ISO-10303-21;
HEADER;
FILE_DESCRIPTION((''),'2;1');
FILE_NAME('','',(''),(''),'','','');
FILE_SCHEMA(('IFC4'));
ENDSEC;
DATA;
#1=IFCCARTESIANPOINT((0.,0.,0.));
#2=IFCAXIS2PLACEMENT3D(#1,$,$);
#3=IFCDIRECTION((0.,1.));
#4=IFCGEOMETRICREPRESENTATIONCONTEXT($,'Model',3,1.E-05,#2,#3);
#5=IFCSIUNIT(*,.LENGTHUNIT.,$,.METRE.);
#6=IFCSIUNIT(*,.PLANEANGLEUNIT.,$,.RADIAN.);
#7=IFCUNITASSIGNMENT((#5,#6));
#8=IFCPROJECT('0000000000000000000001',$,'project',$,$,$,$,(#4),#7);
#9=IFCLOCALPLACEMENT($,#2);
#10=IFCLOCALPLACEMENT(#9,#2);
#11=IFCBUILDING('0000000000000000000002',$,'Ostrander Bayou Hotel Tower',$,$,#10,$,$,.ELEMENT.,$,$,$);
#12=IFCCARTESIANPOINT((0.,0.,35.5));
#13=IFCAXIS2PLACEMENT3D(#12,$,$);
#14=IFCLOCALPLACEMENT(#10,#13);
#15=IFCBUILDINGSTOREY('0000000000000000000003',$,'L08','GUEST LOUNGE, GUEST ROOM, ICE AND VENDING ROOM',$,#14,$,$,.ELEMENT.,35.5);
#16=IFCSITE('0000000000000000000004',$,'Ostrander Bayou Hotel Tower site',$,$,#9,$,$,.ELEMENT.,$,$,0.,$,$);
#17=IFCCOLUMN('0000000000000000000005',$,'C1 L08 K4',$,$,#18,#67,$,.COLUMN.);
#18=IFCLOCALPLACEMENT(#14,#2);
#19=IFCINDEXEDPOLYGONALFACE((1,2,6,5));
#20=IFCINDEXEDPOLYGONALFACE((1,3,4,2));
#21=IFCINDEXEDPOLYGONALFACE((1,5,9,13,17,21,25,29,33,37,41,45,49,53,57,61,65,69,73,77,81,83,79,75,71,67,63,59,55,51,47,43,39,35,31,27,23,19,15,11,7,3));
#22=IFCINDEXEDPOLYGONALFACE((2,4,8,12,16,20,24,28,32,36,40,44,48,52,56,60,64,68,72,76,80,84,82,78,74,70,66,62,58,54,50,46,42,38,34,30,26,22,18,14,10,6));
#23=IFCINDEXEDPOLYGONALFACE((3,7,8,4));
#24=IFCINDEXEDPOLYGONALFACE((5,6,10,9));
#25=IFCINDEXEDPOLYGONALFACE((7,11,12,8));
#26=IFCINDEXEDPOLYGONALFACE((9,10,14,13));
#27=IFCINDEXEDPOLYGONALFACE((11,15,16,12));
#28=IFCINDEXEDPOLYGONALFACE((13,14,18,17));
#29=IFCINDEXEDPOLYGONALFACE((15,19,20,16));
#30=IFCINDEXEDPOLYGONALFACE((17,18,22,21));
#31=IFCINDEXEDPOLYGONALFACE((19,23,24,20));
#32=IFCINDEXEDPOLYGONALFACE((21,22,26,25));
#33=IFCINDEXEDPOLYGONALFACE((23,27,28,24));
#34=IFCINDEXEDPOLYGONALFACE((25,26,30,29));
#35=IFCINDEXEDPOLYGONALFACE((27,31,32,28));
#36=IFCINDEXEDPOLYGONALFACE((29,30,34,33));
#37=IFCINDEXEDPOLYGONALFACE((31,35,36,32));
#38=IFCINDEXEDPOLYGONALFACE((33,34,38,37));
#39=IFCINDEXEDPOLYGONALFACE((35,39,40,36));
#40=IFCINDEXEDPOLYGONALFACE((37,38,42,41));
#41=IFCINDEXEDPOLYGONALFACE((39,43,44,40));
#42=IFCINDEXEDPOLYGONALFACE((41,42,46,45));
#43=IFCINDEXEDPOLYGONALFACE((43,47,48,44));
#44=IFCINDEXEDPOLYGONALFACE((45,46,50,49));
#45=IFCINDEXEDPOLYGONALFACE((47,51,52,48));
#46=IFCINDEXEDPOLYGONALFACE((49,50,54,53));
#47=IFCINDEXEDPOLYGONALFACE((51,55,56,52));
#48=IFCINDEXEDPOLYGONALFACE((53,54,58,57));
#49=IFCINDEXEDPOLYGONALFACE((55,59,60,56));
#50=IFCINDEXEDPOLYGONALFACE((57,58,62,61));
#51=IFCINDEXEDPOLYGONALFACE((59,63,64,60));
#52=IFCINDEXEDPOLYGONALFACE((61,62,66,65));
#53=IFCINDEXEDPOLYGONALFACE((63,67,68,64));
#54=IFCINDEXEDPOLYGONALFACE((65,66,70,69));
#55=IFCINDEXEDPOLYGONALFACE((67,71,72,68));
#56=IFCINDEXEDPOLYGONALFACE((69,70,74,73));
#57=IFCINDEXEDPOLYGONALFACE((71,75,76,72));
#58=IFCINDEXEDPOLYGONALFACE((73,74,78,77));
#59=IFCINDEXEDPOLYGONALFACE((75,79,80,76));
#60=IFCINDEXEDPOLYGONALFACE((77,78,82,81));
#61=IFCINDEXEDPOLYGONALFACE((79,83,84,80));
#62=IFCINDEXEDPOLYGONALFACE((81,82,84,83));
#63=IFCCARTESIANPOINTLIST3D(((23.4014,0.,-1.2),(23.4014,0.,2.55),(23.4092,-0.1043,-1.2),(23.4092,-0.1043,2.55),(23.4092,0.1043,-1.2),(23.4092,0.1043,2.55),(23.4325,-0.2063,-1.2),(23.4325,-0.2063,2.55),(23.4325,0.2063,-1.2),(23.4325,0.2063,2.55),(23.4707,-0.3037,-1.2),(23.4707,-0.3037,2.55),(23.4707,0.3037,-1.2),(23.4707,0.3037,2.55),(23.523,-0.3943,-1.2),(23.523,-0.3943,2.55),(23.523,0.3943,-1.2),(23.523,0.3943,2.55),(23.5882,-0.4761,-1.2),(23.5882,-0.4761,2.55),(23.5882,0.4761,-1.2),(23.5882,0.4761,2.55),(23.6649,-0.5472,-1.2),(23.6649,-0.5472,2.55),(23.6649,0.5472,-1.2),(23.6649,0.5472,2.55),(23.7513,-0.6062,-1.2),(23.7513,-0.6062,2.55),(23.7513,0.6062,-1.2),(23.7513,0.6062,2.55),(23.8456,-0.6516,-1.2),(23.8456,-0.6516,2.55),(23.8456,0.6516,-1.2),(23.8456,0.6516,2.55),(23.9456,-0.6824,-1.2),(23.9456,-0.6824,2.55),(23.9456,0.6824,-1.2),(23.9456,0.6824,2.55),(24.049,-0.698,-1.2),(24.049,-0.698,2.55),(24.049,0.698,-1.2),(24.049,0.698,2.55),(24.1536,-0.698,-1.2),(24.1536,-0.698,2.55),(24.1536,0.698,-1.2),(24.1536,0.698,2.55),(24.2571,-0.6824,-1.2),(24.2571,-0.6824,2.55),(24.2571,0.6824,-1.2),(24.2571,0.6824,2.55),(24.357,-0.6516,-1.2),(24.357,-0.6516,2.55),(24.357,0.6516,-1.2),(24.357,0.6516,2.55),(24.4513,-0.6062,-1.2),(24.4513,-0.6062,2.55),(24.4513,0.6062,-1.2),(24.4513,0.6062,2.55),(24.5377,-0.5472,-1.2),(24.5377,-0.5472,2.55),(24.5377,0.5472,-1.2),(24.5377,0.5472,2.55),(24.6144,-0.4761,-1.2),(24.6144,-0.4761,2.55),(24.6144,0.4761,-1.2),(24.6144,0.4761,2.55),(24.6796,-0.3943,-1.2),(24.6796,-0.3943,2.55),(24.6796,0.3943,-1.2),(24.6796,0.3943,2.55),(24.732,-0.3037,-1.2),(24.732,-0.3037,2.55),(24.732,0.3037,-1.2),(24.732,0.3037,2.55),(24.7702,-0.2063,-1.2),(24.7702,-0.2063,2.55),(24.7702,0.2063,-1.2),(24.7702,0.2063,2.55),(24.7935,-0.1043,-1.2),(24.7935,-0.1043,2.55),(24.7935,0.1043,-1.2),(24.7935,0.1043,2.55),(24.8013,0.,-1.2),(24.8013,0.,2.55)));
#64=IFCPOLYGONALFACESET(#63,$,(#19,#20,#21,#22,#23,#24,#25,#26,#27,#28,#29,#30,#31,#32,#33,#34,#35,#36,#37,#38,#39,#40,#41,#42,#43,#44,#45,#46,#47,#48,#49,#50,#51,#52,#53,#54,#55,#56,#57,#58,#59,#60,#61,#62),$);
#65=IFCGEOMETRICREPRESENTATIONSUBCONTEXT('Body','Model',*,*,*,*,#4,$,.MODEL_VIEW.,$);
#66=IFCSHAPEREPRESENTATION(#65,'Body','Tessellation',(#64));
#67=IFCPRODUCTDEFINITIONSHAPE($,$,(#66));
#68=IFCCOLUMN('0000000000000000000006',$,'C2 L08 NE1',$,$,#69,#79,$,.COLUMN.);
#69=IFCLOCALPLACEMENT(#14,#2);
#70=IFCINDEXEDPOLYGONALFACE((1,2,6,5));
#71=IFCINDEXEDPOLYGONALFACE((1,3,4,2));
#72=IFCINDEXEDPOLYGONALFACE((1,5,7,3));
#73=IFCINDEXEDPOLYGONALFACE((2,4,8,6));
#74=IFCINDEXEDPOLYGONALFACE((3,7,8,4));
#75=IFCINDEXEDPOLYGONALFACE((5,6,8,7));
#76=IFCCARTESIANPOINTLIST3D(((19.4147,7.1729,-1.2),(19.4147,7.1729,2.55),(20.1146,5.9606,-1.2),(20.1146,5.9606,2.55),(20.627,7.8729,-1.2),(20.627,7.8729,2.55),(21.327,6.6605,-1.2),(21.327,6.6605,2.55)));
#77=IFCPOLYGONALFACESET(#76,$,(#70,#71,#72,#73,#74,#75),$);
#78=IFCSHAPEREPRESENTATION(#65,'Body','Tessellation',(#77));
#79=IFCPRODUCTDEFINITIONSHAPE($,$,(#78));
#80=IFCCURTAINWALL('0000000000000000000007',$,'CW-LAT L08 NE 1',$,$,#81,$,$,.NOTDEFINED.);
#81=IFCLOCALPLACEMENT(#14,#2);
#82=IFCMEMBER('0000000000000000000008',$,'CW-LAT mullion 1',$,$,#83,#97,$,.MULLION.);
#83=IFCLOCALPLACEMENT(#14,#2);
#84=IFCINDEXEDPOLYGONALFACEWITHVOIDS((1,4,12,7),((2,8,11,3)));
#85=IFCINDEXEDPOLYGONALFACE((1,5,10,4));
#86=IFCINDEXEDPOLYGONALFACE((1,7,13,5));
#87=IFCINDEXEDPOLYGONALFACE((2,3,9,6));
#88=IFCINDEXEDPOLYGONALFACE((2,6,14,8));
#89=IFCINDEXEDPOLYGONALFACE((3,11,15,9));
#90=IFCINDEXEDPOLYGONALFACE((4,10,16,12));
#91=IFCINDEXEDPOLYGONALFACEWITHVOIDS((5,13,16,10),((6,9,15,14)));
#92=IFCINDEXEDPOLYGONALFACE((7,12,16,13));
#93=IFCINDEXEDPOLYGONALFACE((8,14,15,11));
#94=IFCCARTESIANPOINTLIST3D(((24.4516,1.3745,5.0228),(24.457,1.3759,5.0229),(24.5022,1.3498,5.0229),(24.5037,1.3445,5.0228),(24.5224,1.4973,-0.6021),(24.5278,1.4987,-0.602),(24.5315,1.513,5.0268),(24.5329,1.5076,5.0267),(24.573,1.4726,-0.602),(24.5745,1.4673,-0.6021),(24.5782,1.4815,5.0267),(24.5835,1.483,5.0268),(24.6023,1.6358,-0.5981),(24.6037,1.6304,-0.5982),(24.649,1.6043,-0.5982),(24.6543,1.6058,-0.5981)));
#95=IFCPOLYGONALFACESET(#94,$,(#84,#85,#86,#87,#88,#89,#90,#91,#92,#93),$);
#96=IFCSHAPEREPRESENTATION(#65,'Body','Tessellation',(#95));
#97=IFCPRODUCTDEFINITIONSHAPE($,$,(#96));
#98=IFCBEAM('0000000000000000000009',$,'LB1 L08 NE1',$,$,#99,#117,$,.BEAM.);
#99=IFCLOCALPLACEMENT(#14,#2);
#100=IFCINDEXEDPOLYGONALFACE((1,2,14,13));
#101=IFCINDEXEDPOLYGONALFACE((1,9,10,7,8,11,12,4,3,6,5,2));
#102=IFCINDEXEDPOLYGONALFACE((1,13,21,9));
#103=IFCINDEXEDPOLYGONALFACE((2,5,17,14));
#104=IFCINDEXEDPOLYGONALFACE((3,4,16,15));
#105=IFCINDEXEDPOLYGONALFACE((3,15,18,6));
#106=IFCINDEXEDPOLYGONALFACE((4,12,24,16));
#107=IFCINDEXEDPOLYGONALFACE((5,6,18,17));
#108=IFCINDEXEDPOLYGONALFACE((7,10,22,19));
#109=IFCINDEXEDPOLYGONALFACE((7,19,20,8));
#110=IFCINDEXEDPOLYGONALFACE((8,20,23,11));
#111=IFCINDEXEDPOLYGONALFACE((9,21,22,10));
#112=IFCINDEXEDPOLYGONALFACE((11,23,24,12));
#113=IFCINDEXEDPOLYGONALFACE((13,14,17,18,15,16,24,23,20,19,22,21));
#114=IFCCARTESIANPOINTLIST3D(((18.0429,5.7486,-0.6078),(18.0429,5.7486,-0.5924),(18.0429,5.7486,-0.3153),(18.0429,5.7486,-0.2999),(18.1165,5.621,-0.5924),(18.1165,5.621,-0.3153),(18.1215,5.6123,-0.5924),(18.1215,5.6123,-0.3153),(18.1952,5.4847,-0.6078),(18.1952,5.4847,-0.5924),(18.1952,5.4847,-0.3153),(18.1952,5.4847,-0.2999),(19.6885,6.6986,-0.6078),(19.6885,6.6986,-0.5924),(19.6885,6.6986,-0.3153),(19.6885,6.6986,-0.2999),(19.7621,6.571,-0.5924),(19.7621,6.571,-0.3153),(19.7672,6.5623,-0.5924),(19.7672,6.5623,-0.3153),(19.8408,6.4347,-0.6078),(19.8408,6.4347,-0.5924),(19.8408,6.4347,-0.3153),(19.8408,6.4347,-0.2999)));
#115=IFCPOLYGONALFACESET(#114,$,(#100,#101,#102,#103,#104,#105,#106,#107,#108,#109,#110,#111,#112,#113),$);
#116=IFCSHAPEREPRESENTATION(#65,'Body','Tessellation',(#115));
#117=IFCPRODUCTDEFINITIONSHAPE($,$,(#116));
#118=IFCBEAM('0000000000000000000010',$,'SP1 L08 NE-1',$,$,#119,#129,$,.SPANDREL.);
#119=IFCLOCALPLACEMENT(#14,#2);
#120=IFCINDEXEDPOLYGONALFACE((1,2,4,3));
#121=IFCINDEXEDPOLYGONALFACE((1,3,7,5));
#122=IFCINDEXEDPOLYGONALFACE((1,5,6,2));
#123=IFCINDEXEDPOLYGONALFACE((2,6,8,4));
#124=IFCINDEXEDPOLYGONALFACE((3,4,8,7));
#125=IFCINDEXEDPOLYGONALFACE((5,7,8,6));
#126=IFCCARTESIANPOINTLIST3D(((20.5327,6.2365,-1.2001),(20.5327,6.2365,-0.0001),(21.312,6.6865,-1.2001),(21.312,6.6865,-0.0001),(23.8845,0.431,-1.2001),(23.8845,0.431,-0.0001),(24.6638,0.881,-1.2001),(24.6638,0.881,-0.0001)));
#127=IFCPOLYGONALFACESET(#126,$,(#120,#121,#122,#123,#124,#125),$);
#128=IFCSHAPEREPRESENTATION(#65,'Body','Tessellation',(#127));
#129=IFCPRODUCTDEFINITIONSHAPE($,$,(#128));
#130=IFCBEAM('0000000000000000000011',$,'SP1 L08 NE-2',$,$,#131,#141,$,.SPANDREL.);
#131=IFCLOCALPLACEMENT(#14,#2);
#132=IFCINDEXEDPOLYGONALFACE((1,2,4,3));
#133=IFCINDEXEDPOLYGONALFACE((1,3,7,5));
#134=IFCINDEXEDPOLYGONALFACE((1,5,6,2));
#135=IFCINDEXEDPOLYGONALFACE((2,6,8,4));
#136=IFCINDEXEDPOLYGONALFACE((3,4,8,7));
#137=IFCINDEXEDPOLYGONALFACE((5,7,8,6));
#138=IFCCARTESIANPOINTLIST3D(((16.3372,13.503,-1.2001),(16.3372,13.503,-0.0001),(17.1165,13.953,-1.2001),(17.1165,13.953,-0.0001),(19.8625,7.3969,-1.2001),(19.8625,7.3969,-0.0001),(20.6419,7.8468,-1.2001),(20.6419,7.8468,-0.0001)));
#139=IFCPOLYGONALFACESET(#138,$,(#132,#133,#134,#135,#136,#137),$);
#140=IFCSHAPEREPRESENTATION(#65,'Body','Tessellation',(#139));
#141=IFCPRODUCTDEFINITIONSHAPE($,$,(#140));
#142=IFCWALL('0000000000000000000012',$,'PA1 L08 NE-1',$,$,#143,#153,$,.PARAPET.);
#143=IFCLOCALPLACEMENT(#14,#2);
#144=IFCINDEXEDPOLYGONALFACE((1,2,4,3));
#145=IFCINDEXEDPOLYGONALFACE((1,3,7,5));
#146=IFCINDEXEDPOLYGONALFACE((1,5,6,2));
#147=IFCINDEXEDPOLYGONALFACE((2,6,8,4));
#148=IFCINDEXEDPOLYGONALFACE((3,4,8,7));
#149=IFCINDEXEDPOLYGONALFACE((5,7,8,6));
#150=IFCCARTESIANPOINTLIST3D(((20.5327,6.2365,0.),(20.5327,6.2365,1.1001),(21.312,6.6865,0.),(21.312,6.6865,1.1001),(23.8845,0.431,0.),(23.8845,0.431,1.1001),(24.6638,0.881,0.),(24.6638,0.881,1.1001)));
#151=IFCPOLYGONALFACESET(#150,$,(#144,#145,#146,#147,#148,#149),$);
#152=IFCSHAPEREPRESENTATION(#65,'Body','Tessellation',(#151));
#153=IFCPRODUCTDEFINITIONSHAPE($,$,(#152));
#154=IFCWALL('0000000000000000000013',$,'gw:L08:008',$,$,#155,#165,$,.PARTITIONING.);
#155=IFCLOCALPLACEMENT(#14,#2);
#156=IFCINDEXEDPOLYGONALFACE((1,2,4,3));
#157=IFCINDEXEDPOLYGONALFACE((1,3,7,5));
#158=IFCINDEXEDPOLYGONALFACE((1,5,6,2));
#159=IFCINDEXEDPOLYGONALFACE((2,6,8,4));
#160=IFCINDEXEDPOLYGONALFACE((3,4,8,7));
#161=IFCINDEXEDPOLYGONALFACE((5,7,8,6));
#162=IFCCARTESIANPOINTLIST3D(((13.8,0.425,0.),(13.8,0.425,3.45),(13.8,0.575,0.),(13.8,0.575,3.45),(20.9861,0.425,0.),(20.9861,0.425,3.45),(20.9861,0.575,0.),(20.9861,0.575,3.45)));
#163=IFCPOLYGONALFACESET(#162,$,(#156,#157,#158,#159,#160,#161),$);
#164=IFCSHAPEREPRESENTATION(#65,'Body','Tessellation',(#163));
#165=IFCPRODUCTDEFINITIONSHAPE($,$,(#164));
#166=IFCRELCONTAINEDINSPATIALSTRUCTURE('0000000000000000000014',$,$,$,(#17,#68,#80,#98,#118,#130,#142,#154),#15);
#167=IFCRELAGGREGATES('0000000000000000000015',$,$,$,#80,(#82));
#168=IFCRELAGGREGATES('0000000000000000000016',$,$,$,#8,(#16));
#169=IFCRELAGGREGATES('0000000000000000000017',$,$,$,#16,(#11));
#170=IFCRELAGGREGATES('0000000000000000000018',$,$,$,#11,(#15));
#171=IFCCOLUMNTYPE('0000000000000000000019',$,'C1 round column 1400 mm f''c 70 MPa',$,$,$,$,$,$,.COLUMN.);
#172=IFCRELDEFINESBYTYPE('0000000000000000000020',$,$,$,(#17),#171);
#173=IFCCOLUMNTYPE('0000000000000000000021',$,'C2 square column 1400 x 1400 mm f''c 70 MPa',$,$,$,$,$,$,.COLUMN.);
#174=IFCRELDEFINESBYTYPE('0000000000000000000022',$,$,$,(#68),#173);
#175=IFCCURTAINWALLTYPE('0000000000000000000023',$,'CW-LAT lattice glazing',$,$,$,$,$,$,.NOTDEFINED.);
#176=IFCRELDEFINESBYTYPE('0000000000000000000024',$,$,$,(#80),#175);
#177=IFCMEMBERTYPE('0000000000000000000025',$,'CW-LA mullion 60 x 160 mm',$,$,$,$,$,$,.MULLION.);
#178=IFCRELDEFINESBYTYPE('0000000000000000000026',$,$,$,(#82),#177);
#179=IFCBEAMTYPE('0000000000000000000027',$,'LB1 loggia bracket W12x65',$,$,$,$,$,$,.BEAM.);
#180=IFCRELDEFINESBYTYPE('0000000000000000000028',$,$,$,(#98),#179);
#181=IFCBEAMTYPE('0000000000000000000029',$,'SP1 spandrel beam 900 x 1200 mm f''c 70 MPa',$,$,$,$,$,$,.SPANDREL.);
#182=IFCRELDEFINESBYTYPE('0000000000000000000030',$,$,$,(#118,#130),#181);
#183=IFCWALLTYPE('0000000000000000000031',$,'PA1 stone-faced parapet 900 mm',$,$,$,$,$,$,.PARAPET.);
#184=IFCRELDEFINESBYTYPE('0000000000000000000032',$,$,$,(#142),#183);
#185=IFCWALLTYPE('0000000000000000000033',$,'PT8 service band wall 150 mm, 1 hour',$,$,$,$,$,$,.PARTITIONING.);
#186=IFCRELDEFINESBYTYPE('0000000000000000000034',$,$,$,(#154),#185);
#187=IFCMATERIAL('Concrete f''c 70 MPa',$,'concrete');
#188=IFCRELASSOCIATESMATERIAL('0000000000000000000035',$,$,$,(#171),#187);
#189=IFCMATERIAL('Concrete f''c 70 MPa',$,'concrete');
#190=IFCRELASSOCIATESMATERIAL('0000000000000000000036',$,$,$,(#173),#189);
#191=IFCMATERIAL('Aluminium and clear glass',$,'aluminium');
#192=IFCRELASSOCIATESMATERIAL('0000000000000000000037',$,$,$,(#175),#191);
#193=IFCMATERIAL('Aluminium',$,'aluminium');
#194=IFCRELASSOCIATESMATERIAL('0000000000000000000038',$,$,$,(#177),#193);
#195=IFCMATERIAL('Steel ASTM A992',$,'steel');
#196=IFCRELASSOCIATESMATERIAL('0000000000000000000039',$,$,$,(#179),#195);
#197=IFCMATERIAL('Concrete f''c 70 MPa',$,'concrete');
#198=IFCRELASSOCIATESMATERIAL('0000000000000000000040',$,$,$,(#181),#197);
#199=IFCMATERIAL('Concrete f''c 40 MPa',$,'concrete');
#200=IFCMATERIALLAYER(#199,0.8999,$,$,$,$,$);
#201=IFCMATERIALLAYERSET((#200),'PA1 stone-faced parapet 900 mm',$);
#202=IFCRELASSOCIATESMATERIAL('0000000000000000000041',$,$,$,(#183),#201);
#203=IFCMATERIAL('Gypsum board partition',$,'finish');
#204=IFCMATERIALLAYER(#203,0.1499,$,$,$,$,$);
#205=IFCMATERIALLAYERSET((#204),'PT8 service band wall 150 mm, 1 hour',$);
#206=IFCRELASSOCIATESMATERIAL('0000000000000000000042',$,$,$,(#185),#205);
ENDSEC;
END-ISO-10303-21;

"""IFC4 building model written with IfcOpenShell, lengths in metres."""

from ifc_helpers import new_model, si_unit, direction, frame, frame_2d, origin, origin_2d, place, context, subcontext, project, spatial, rectangle, hollow_rectangle, circle, i_section, extrude, material, layer, layer_set, material_profile, profile_set, type_object, element, aggregate, save


model = new_model("IFC4")

# Units and contexts
model_context = context("Model", 3, precision=1e-05, world=origin(), true_north=direction((0.0, 1.0)))
body_context = subcontext(model_context, "Body", "Model", "MODEL_VIEW")
ifc_project = project(units=[si_unit("LENGTHUNIT", "METRE"), si_unit("PLANEANGLEUNIT", "RADIAN")], contexts=[model_context])

# Site, building, storey
site_placement = place(None, origin())
site = spatial("IfcSite", under=ifc_project, at=site_placement, Name="Ostrander Bayou Hotel Tower site", CompositionType="ELEMENT", RefElevation=0.0)
building_placement = place(site_placement, origin())
building = spatial("IfcBuilding", under=site, at=building_placement, Name="Ostrander Bayou Hotel Tower", CompositionType="ELEMENT")
storey_placement = place(building_placement, frame((0.0, 0.0, 35.5)))
storey = spatial("IfcBuildingStorey", under=building, at=storey_placement, Name="L08", Description="GUEST LOUNGE, GUEST ROOM, ICE AND VENDING ROOM", CompositionType="ELEMENT", Elevation=35.5)

# Columns
ifc_material_1 = material(Name="Concrete f'c 70 MPa", Category="concrete")
ifc_material_profile_1 = material_profile(ifc_material_1, circle(Radius=0.7, at=origin_2d()))
ifc_profile_set_1 = profile_set([ifc_material_profile_1], Name="Concrete f'c 70 MPa")
column_type_1 = type_object("IfcColumnType", Name="C1 round column 1400 mm f'c 70 MPa", PredefinedType="COLUMN", material=ifc_profile_set_1)
column_1_placement = place(storey_placement, frame((24.1013, 0.0, -1.2), z_axis=(0.0, 0.0, 1.0), x_axis=(1.0, 0.0, 0.0)))
element("IfcColumn", 1, at=column_1_placement, inside=storey, type_object=column_type_1, Name="C1 L08 K4", PredefinedType="COLUMN", context=body_context, shape_type="SweptSolid", body=[
    extrude(circle(Radius=0.7, at=origin_2d()), origin(), (0.0, 0.0, 1.0), 3.75),
])
ifc_material_2 = material(Name="Concrete f'c 70 MPa", Category="concrete")
ifc_material_profile_2 = material_profile(ifc_material_2, rectangle(XDim=1.3999, YDim=1.3999, at=origin_2d()))
ifc_profile_set_2 = profile_set([ifc_material_profile_2], Name="Concrete f'c 70 MPa")
column_type_2 = type_object("IfcColumnType", Name="C2 square column 1400 x 1400 mm f'c 70 MPa", PredefinedType="COLUMN", material=ifc_profile_set_2)
column_2_placement = place(storey_placement, frame((20.3708, 6.9167, -1.2), z_axis=(0.0, 0.0, 1.0), x_axis=(0.5, -0.866025, 0.0)))
element("IfcColumn", 2, at=column_2_placement, inside=storey, type_object=column_type_2, Name="C2 L08 NE1", PredefinedType="COLUMN", context=body_context, shape_type="SweptSolid", body=[
    extrude(rectangle(XDim=1.3999, YDim=1.3999, at=origin_2d()), origin(), (0.0, 0.0, 1.0), 3.75),
])

# Curtain wall, member
ifc_material_3 = material(Name="Aluminium and clear glass", Category="aluminium")
curtain_wall_type = type_object("IfcCurtainWallType", Name="CW-LAT lattice glazing", PredefinedType="NOTDEFINED", material=ifc_material_3)
curtain_wall_placement = place(storey_placement, origin())
curtain_wall = element("IfcCurtainWall", 3, at=curtain_wall_placement, inside=storey, type_object=curtain_wall_type, Name="CW-LAT L08 NE 1", PredefinedType="NOTDEFINED")
ifc_material_4 = material(Name="Aluminium", Category="aluminium")
ifc_material_profile_3 = material_profile(ifc_material_4, hollow_rectangle(XDim=0.0601, YDim=0.1599, WallThickness=0.0039, at=origin_2d()))
ifc_profile_set_3 = profile_set([ifc_material_profile_3], Name="Aluminium")
member_type = type_object("IfcMemberType", Name="CW-LA mullion 60 x 160 mm", PredefinedType="MULLION", material=ifc_profile_set_3)
member_placement = place(storey_placement, frame((24.5884, 1.5515, -0.6001), z_axis=(-0.012583, -0.021825, 0.999683), x_axis=(0.866329, -0.499474, 0.0)))
member = element("IfcMember", 4, at=member_placement, type_object=member_type, Name="CW-LAT mullion 1", PredefinedType="MULLION", context=body_context, shape_type="SweptSolid", body=[
    extrude(hollow_rectangle(XDim=0.0601, YDim=0.1599, WallThickness=0.0039, at=origin_2d()), origin(), (0.0, 0.0, 1.0), 5.6267),
])
aggregate(curtain_wall, [member])

# Beams
ifc_material_5 = material(Name="Steel ASTM A992", Category="steel")
ifc_material_profile_4 = material_profile(ifc_material_5, i_section(OverallWidth=0.3047, OverallDepth=0.3079, WebThickness=0.01, FlangeThickness=0.0154, at=origin_2d()))
ifc_profile_set_4 = profile_set([ifc_material_profile_4], Name="Steel ASTM A992")
beam_type_1 = type_object("IfcBeamType", Name="LB1 loggia bracket W12x65", PredefinedType="BEAM", material=ifc_profile_set_4)
beam_1_placement = place(storey_placement, frame((19.7646, 6.5667, -0.4539), z_axis=(-0.866044, -0.499967, 0.0), x_axis=(0.499967, -0.866044, 0.0)))
element("IfcBeam", 5, at=beam_1_placement, inside=storey, type_object=beam_type_1, Name="LB1 L08 NE1", PredefinedType="BEAM", context=body_context, shape_type="SweptSolid", body=[
    extrude(i_section(OverallWidth=0.3047, OverallDepth=0.3079, WebThickness=0.01, FlangeThickness=0.0154, at=origin_2d()), origin(), (0.0, 0.0, 1.0), 1.9001),
])
ifc_material_6 = material(Name="Concrete f'c 70 MPa", Category="concrete")
ifc_material_profile_5 = material_profile(ifc_material_6, rectangle(XDim=0.8999, YDim=1.2, at=origin_2d()))
ifc_profile_set_5 = profile_set([ifc_material_profile_5], Name="Concrete f'c 70 MPa")
beam_type_2 = type_object("IfcBeamType", Name="SP1 spandrel beam 900 x 1200 mm f'c 70 MPa", PredefinedType="SPANDREL", material=ifc_profile_set_5)
beam_2_placement = place(storey_placement, frame((24.2742, 0.656, -0.6001), z_axis=(-0.500005, 0.866022, 0.0), x_axis=(-0.866022, -0.500005, 0.0)))
element("IfcBeam", 6, at=beam_2_placement, inside=storey, type_object=beam_type_2, Name="SP1 L08 NE-1", PredefinedType="SPANDREL", context=body_context, shape_type="SweptSolid", body=[
    extrude(rectangle(XDim=0.8999, YDim=1.2, at=origin_2d()), origin(), (0.0, 0.0, 1.0), 6.7036),
])
beam_3_placement = place(storey_placement, frame((20.2522, 7.6218, -0.6001), z_axis=(-0.499997, 0.866027, 0.0), x_axis=(-0.866027, -0.499997, 0.0)))
element("IfcBeam", 7, at=beam_3_placement, inside=storey, type_object=beam_type_2, Name="SP1 L08 NE-2", PredefinedType="SPANDREL", context=body_context, shape_type="SweptSolid", body=[
    extrude(rectangle(XDim=0.8999, YDim=1.2, at=origin_2d()), origin(), (0.0, 0.0, 1.0), 7.0508),
])

# Walls
ifc_material_7 = material(Name="Concrete f'c 40 MPa", Category="concrete")
ifc_layer_1 = layer(ifc_material_7, 0.8999)
ifc_layer_set_1 = layer_set([ifc_layer_1], Name="PA1 stone-faced parapet 900 mm")
wall_type_1 = type_object("IfcWallType", Name="PA1 stone-faced parapet 900 mm", PredefinedType="PARAPET", material=ifc_layer_set_1)
wall_1_placement = place(storey_placement, frame((24.2742, 0.656, 0.0), z_axis=(0.0, 0.0, 1.0), x_axis=(-0.500005, 0.866022, 0.0)))
element("IfcWall", 8, at=wall_1_placement, inside=storey, type_object=wall_type_1, Name="PA1 L08 NE-1", PredefinedType="PARAPET", context=body_context, shape_type="SweptSolid", body=[
    extrude(rectangle(XDim=6.7036, YDim=0.8999, at=frame_2d((3.3518, 0.0))), origin(), (0.0, 0.0, 1.0), 1.1001),
])
ifc_material_8 = material(Name="Gypsum board partition", Category="finish")
ifc_layer_2 = layer(ifc_material_8, 0.1499)
ifc_layer_set_2 = layer_set([ifc_layer_2], Name="PT8 service band wall 150 mm, 1 hour")
wall_type_2 = type_object("IfcWallType", Name="PT8 service band wall 150 mm, 1 hour", PredefinedType="PARTITIONING", material=ifc_layer_set_2)
wall_2_placement = place(storey_placement, frame((13.8, 0.5, 0.0), z_axis=(0.0, 0.0, 1.0), x_axis=(1.0, 0.0, 0.0)))
element("IfcWall", 9, at=wall_2_placement, inside=storey, type_object=wall_type_2, Name="gw:L08:008", PredefinedType="PARTITIONING", context=body_context, shape_type="SweptSolid", body=[
    extrude(rectangle(XDim=7.186, YDim=0.1499, at=frame_2d((3.593, 0.0))), origin(), (0.0, 0.0, 1.0), 3.45),
])

save(model, "model.ifc")
